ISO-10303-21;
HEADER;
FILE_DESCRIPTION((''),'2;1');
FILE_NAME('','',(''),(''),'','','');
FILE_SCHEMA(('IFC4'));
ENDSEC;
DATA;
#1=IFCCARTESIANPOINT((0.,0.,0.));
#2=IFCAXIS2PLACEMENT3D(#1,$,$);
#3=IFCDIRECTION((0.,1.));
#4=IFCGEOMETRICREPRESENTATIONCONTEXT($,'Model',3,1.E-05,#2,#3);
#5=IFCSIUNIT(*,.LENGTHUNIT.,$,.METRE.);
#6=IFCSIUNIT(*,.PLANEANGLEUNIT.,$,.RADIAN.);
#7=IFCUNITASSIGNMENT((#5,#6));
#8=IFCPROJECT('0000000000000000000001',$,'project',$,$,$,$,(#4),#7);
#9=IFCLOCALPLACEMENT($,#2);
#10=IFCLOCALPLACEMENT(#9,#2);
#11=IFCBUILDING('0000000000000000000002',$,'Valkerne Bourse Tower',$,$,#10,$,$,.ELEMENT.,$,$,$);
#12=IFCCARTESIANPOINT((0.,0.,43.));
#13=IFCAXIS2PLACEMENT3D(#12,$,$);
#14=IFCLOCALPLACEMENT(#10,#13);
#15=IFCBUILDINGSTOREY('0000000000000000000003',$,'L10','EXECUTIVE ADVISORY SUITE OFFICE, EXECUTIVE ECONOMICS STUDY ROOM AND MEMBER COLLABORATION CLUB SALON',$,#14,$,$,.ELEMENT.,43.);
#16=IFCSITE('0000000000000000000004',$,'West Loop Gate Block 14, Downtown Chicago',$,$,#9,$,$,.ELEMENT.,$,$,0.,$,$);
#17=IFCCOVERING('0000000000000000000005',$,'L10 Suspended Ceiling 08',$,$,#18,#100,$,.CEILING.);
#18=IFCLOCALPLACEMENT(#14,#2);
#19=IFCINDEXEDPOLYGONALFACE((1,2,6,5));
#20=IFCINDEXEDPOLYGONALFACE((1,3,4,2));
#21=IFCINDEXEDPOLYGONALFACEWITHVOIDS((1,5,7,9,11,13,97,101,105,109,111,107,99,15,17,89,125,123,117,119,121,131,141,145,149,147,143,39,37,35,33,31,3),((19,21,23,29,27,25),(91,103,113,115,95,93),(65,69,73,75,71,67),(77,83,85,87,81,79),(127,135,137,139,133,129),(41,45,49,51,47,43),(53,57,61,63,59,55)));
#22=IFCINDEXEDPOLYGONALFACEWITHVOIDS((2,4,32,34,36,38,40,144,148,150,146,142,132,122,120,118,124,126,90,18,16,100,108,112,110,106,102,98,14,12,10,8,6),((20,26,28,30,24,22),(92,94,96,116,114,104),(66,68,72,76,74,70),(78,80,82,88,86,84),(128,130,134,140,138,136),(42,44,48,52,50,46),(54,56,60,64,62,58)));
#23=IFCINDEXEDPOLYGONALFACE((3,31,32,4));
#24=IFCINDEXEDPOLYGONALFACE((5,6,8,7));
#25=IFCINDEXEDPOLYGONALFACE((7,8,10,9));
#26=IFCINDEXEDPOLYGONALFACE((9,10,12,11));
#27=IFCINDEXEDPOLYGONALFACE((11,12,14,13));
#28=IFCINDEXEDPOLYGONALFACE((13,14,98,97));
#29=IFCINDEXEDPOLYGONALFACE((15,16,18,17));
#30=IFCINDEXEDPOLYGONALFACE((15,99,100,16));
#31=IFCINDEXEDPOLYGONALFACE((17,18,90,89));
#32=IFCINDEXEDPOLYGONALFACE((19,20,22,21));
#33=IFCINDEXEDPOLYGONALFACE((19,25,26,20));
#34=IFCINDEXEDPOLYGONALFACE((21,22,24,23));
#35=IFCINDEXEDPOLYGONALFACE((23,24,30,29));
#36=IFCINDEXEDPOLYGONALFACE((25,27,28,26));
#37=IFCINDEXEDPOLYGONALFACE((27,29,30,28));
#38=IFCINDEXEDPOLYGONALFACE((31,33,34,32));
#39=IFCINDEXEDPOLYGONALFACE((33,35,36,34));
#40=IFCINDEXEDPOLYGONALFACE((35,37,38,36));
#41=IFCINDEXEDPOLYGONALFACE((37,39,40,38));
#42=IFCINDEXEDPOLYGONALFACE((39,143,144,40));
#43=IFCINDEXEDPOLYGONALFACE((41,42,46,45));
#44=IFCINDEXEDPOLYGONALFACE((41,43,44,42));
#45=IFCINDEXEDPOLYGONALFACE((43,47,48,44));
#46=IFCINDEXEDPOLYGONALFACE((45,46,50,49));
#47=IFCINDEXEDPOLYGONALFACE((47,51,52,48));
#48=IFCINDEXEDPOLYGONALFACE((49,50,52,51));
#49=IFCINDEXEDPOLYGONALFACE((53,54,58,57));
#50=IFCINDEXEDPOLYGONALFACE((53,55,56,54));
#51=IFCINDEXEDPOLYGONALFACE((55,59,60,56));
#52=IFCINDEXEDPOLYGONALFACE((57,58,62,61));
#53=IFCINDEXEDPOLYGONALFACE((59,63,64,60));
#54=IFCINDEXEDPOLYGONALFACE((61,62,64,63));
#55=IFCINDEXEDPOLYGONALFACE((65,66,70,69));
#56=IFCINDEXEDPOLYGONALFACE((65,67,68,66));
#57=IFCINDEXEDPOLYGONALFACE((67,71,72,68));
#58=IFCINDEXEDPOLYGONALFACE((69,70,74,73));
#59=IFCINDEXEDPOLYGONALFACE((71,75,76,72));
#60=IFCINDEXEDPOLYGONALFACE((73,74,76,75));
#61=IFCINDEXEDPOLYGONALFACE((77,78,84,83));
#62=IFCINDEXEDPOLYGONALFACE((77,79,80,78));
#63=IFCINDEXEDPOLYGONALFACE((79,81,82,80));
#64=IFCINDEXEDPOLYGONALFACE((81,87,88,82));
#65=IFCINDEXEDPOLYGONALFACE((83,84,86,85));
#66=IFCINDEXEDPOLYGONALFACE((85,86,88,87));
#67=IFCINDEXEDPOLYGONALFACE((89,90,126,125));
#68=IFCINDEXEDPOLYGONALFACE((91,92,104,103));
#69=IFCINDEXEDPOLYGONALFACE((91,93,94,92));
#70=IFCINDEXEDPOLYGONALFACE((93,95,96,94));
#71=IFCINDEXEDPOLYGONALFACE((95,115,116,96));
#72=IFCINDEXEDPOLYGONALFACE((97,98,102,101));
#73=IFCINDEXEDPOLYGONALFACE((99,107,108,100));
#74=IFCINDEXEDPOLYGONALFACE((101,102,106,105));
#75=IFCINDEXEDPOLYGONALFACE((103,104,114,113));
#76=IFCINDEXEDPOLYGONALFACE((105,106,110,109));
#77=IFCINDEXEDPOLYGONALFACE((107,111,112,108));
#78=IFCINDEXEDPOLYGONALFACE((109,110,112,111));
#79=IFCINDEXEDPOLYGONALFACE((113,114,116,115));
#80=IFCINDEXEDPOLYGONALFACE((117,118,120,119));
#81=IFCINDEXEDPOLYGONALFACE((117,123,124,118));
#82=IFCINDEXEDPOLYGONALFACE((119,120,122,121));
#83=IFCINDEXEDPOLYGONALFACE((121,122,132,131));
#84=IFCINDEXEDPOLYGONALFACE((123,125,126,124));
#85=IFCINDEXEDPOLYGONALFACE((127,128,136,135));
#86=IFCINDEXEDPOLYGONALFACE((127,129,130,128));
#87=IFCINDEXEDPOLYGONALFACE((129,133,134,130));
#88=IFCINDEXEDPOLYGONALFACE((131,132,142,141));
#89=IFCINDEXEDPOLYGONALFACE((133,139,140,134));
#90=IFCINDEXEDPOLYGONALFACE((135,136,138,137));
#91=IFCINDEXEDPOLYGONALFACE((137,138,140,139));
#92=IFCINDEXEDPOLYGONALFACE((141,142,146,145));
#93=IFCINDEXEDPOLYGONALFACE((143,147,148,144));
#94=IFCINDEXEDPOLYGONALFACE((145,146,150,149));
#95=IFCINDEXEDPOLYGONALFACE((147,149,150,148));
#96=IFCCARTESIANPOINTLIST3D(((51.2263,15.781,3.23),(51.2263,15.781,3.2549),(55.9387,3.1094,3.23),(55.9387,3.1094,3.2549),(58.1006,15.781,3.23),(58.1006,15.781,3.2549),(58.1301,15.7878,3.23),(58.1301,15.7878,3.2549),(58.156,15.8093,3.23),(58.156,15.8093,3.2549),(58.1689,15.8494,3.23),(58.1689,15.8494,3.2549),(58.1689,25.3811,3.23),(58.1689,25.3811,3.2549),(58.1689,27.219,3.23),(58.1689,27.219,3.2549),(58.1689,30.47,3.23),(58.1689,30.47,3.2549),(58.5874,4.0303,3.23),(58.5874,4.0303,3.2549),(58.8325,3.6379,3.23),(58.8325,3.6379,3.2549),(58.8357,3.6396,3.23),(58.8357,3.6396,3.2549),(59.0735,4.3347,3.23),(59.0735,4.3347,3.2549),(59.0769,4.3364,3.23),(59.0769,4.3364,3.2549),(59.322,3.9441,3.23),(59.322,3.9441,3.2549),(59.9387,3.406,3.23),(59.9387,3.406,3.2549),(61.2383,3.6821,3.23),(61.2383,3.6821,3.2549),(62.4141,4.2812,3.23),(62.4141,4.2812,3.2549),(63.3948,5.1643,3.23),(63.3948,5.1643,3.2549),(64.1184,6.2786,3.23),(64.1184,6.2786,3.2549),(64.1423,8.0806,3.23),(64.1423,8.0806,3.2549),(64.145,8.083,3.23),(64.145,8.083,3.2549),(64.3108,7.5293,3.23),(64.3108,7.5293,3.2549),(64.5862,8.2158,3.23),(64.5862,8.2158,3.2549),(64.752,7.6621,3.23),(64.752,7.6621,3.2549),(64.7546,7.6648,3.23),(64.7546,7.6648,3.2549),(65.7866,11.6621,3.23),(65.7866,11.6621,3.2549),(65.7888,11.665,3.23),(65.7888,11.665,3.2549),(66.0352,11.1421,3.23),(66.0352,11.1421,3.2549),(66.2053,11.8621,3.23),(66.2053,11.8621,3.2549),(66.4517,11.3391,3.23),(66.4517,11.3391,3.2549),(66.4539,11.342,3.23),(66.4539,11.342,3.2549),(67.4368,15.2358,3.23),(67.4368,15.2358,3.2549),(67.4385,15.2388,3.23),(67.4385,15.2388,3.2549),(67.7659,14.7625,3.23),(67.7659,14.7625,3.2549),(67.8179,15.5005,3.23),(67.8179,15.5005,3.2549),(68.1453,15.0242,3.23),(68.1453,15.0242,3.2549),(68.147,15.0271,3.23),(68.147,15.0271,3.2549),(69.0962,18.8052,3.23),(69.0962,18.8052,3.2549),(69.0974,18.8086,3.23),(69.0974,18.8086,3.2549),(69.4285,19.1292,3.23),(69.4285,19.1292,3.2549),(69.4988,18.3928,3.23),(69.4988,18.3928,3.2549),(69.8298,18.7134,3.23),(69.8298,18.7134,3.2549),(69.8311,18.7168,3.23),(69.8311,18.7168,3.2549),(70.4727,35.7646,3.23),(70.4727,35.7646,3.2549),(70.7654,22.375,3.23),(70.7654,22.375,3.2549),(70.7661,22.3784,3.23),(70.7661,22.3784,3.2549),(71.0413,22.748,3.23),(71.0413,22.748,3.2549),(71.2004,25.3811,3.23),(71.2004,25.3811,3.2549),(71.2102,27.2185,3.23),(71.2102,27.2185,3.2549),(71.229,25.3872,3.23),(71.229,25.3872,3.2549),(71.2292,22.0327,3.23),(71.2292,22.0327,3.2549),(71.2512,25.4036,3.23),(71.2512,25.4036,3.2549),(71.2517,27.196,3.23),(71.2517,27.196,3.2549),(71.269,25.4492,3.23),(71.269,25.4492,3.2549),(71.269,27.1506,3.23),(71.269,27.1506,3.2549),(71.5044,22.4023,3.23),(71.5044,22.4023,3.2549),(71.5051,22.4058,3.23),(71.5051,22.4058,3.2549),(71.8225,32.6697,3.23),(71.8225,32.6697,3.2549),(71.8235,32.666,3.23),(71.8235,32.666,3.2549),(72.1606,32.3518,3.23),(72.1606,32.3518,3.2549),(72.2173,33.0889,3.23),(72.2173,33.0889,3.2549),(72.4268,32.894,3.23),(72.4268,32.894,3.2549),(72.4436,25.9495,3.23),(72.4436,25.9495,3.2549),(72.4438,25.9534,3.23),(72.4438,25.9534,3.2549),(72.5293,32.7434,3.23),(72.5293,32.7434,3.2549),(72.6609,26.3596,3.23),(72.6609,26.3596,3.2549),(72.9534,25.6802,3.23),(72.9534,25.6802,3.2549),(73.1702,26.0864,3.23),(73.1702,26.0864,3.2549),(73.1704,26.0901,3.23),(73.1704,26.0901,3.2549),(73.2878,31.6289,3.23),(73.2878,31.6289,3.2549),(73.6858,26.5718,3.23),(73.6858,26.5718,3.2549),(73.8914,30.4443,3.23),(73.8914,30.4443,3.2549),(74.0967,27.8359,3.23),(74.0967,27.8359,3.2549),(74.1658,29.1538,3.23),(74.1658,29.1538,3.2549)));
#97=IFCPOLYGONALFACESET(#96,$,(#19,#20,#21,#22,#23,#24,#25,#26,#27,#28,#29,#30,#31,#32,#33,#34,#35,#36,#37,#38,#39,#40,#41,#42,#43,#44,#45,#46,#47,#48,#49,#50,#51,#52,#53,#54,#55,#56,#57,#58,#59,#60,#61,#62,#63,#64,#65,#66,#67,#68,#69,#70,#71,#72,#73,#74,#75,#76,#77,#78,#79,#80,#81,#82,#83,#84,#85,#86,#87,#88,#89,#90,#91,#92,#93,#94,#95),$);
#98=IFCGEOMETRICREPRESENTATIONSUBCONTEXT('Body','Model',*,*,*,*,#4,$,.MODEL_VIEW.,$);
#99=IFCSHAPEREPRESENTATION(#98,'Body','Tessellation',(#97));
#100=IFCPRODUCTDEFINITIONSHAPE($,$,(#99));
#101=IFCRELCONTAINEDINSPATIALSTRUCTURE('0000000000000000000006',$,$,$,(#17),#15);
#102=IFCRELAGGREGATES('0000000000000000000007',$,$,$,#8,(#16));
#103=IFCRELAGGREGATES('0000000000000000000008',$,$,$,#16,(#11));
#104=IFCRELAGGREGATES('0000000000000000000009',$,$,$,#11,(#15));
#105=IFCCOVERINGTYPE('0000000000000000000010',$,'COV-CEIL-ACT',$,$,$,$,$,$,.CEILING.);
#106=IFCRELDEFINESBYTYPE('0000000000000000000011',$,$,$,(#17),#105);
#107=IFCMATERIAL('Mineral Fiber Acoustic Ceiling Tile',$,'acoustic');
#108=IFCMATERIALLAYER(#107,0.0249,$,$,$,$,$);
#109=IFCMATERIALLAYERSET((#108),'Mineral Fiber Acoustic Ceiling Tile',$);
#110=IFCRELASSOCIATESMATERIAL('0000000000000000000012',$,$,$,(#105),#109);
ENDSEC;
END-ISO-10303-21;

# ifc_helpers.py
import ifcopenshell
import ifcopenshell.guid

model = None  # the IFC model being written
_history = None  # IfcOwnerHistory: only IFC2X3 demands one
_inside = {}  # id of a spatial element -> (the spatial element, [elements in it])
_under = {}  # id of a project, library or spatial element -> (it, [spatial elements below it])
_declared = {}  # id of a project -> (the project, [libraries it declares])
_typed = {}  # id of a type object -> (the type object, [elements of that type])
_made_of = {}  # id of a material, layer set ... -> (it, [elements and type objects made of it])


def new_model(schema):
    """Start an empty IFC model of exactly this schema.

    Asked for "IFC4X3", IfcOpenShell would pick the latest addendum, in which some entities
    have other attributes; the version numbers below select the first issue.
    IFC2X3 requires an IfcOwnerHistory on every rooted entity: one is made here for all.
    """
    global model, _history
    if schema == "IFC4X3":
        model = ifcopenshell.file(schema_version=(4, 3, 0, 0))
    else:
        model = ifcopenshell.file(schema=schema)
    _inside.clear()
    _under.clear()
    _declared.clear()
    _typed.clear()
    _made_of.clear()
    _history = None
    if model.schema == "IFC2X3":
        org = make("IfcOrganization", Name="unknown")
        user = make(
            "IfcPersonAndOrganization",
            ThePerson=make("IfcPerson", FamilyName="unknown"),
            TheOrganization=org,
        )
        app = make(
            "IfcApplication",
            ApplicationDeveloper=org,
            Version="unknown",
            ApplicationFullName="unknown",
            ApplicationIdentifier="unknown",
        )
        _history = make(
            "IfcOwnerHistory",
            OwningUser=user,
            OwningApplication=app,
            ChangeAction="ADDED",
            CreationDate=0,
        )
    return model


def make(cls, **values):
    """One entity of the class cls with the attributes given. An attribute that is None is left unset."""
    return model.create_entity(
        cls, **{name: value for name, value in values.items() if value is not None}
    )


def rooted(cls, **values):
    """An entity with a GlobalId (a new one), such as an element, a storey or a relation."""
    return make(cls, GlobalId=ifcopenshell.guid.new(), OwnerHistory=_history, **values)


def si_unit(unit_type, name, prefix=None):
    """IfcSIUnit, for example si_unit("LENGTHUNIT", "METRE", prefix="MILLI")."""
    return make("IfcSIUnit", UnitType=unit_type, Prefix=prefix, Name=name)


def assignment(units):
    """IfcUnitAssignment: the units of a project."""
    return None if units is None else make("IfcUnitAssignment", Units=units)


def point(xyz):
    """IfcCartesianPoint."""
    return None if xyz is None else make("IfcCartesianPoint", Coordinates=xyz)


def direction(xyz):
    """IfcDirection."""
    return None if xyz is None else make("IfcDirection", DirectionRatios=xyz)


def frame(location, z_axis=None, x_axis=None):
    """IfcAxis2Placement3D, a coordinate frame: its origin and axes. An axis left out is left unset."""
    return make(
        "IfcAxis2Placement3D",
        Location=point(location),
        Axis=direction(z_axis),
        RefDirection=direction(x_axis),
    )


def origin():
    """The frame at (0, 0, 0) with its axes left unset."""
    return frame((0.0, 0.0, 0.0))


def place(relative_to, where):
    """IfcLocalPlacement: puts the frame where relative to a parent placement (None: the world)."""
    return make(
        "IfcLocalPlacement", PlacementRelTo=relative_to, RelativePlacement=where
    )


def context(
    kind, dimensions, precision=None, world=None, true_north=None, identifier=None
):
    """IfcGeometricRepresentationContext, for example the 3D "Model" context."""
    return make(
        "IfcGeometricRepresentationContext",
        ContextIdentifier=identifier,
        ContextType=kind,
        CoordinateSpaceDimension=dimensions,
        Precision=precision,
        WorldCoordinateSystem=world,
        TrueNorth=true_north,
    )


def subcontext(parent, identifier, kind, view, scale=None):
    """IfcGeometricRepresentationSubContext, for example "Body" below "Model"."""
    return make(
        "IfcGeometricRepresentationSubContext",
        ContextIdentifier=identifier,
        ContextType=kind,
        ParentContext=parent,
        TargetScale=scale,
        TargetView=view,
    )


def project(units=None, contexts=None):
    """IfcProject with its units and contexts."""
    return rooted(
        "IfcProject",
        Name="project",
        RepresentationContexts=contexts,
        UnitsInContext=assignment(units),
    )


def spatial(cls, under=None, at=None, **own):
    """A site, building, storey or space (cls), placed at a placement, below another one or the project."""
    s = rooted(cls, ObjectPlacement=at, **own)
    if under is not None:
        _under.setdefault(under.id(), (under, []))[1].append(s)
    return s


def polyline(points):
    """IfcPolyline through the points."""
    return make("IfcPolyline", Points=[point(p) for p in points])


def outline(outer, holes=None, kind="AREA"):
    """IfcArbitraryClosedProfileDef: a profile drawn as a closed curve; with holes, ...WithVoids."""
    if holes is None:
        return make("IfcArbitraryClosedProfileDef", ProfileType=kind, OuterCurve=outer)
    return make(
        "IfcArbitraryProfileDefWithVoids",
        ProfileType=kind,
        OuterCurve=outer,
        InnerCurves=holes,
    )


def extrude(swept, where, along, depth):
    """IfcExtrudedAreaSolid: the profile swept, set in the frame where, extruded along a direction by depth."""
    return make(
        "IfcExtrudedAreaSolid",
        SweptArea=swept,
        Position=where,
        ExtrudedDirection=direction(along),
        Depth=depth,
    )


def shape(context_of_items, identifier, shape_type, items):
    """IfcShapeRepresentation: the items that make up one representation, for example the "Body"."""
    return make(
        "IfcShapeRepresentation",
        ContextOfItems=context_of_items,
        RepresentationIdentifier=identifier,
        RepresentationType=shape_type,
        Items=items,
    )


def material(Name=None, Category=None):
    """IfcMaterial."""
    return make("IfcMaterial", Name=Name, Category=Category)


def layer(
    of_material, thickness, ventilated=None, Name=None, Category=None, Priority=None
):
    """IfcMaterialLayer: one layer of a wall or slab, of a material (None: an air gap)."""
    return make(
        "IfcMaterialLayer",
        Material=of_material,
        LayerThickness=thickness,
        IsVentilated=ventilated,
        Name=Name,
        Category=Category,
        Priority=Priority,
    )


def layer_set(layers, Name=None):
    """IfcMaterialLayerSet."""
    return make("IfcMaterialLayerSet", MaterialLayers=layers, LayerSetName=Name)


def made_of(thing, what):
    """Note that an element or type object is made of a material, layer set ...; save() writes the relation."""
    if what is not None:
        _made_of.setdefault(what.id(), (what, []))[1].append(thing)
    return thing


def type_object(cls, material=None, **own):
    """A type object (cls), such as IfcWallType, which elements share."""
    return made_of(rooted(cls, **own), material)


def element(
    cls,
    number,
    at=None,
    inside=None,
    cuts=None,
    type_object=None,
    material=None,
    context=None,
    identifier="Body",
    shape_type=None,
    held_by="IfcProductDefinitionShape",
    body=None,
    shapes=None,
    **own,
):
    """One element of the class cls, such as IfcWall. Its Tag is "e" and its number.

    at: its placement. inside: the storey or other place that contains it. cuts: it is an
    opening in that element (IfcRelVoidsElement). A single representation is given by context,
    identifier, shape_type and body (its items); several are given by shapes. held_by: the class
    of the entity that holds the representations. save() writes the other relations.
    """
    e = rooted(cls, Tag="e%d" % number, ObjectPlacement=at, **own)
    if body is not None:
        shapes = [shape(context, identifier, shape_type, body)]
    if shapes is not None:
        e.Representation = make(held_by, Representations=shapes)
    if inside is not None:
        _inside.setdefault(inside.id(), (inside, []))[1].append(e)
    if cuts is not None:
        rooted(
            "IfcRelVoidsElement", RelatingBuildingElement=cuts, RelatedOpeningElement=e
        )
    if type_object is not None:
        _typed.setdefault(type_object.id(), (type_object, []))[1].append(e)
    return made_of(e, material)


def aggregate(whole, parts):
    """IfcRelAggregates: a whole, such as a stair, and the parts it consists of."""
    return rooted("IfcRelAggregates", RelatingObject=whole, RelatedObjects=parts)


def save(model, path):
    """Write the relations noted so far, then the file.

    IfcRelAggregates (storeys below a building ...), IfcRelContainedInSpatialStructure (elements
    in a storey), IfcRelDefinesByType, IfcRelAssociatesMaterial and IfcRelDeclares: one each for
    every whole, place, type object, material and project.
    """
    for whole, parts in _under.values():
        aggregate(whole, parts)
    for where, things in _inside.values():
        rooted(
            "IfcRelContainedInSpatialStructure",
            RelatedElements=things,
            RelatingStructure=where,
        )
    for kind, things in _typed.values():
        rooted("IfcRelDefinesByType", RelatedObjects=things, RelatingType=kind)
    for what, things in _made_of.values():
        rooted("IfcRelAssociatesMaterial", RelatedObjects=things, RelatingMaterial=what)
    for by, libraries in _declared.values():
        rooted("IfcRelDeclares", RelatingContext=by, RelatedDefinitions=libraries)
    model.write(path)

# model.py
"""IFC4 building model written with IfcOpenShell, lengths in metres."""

from ifc_helpers import new_model, si_unit, direction, frame, origin, place, context, subcontext, project, spatial, polyline, outline, extrude, material, layer, layer_set, type_object, element, save


model = new_model("IFC4")

# Units and contexts
model_context = context("Model", 3, precision=1e-05, world=origin(), true_north=direction((0.0, 1.0)))
body_context = subcontext(model_context, "Body", "Model", "MODEL_VIEW")
ifc_project = project(units=[si_unit("LENGTHUNIT", "METRE"), si_unit("PLANEANGLEUNIT", "RADIAN")], contexts=[model_context])

# Site, building, storey
site_placement = place(None, origin())
site = spatial("IfcSite", under=ifc_project, at=site_placement, Name="West Loop Gate Block 14, Downtown Chicago", CompositionType="ELEMENT", RefElevation=0.0)
building_placement = place(site_placement, origin())
building = spatial("IfcBuilding", under=site, at=building_placement, Name="Valkerne Bourse Tower", CompositionType="ELEMENT")
storey_placement = place(building_placement, frame((0.0, 0.0, 43.0)))
storey = spatial("IfcBuildingStorey", under=building, at=storey_placement, Name="L10", Description="EXECUTIVE ADVISORY SUITE OFFICE, EXECUTIVE ECONOMICS STUDY ROOM AND MEMBER COLLABORATION CLUB SALON", CompositionType="ELEMENT", Elevation=43.0)

# Covering
ifc_material_1 = material(Name="Mineral Fiber Acoustic Ceiling Tile", Category="acoustic")
ifc_layer_1 = layer(ifc_material_1, 0.0249)
ifc_layer_set_1 = layer_set([ifc_layer_1], Name="Mineral Fiber Acoustic Ceiling Tile")
covering_type_1 = type_object("IfcCoveringType", Name="COV-CEIL-ACT", PredefinedType="CEILING", material=ifc_layer_set_1)
covering_1_placement = place(storey_placement, frame((0.0, 0.0, 3.23)))
element("IfcCovering", 1, at=covering_1_placement, inside=storey, type_object=covering_type_1, Name="L10 Suspended Ceiling 08", PredefinedType="CEILING", context=body_context, shape_type="SweptSolid", body=[
    extrude(outline(polyline([(61.2383, 3.6821), (59.9387, 3.406), (55.9387, 3.1094), (51.2263, 15.781), (58.1006, 15.781), (58.1301, 15.7878), (58.156, 15.8093), (58.1689, 15.8494), (58.1689, 25.3811), (71.2004, 25.3811), (71.229, 25.3872), (71.2512, 25.4036), (71.269, 25.4492), (71.269, 27.1506), (71.2517, 27.196), (71.2102, 27.2185), (58.1689, 27.219), (58.1689, 30.47), (70.4727, 35.7646), (72.4268, 32.894), (72.2173, 33.0889), (71.8225, 32.6697), (71.8235, 32.666), (72.1606, 32.3518), (72.5293, 32.7434), (73.2878, 31.6289), (73.8914, 30.4443), (74.1658, 29.1538), (74.0967, 27.8359), (73.6858, 26.5718), (64.1184, 6.2786), (63.3948, 5.1643), (62.4141, 4.2812), (61.2383, 3.6821)]), holes=[polyline([(58.8357, 3.6396), (59.322, 3.9441), (59.0769, 4.3364), (59.0735, 4.3347), (58.5874, 4.0303), (58.8325, 3.6379), (58.8357, 3.6396)]), polyline([(64.752, 7.6621), (64.7546, 7.6648), (64.5862, 8.2158), (64.145, 8.083), (64.1423, 8.0806), (64.3108, 7.5293), (64.752, 7.6621)]), polyline([(66.4539, 11.342), (66.2053, 11.8621), (65.7888, 11.665), (65.7866, 11.6621), (66.0352, 11.1421), (66.4517, 11.3391), (66.4539, 11.342)]), polyline([(68.1453, 15.0242), (68.147, 15.0271), (67.8179, 15.5005), (67.4385, 15.2388), (67.4368, 15.2358), (67.7659, 14.7625), (68.1453, 15.0242)]), polyline([(69.8298, 18.7134), (69.8311, 18.7168), (69.4285, 19.1292), (69.0974, 18.8086), (69.0962, 18.8052), (69.4988, 18.3928), (69.8298, 18.7134)]), polyline([(71.5051, 22.4058), (71.0413, 22.748), (70.7661, 22.3784), (70.7654, 22.375), (71.2292, 22.0327), (71.5044, 22.4023), (71.5051, 22.4058)]), polyline([(73.1702, 26.0864), (73.1704, 26.0901), (72.6609, 26.3596), (72.4438, 25.9534), (72.4436, 25.9495), (72.9534, 25.6802), (73.1702, 26.0864)])]), origin(), (0.0, 0.0, 1.0), 0.0249),
])

save(model, "model.ifc")
